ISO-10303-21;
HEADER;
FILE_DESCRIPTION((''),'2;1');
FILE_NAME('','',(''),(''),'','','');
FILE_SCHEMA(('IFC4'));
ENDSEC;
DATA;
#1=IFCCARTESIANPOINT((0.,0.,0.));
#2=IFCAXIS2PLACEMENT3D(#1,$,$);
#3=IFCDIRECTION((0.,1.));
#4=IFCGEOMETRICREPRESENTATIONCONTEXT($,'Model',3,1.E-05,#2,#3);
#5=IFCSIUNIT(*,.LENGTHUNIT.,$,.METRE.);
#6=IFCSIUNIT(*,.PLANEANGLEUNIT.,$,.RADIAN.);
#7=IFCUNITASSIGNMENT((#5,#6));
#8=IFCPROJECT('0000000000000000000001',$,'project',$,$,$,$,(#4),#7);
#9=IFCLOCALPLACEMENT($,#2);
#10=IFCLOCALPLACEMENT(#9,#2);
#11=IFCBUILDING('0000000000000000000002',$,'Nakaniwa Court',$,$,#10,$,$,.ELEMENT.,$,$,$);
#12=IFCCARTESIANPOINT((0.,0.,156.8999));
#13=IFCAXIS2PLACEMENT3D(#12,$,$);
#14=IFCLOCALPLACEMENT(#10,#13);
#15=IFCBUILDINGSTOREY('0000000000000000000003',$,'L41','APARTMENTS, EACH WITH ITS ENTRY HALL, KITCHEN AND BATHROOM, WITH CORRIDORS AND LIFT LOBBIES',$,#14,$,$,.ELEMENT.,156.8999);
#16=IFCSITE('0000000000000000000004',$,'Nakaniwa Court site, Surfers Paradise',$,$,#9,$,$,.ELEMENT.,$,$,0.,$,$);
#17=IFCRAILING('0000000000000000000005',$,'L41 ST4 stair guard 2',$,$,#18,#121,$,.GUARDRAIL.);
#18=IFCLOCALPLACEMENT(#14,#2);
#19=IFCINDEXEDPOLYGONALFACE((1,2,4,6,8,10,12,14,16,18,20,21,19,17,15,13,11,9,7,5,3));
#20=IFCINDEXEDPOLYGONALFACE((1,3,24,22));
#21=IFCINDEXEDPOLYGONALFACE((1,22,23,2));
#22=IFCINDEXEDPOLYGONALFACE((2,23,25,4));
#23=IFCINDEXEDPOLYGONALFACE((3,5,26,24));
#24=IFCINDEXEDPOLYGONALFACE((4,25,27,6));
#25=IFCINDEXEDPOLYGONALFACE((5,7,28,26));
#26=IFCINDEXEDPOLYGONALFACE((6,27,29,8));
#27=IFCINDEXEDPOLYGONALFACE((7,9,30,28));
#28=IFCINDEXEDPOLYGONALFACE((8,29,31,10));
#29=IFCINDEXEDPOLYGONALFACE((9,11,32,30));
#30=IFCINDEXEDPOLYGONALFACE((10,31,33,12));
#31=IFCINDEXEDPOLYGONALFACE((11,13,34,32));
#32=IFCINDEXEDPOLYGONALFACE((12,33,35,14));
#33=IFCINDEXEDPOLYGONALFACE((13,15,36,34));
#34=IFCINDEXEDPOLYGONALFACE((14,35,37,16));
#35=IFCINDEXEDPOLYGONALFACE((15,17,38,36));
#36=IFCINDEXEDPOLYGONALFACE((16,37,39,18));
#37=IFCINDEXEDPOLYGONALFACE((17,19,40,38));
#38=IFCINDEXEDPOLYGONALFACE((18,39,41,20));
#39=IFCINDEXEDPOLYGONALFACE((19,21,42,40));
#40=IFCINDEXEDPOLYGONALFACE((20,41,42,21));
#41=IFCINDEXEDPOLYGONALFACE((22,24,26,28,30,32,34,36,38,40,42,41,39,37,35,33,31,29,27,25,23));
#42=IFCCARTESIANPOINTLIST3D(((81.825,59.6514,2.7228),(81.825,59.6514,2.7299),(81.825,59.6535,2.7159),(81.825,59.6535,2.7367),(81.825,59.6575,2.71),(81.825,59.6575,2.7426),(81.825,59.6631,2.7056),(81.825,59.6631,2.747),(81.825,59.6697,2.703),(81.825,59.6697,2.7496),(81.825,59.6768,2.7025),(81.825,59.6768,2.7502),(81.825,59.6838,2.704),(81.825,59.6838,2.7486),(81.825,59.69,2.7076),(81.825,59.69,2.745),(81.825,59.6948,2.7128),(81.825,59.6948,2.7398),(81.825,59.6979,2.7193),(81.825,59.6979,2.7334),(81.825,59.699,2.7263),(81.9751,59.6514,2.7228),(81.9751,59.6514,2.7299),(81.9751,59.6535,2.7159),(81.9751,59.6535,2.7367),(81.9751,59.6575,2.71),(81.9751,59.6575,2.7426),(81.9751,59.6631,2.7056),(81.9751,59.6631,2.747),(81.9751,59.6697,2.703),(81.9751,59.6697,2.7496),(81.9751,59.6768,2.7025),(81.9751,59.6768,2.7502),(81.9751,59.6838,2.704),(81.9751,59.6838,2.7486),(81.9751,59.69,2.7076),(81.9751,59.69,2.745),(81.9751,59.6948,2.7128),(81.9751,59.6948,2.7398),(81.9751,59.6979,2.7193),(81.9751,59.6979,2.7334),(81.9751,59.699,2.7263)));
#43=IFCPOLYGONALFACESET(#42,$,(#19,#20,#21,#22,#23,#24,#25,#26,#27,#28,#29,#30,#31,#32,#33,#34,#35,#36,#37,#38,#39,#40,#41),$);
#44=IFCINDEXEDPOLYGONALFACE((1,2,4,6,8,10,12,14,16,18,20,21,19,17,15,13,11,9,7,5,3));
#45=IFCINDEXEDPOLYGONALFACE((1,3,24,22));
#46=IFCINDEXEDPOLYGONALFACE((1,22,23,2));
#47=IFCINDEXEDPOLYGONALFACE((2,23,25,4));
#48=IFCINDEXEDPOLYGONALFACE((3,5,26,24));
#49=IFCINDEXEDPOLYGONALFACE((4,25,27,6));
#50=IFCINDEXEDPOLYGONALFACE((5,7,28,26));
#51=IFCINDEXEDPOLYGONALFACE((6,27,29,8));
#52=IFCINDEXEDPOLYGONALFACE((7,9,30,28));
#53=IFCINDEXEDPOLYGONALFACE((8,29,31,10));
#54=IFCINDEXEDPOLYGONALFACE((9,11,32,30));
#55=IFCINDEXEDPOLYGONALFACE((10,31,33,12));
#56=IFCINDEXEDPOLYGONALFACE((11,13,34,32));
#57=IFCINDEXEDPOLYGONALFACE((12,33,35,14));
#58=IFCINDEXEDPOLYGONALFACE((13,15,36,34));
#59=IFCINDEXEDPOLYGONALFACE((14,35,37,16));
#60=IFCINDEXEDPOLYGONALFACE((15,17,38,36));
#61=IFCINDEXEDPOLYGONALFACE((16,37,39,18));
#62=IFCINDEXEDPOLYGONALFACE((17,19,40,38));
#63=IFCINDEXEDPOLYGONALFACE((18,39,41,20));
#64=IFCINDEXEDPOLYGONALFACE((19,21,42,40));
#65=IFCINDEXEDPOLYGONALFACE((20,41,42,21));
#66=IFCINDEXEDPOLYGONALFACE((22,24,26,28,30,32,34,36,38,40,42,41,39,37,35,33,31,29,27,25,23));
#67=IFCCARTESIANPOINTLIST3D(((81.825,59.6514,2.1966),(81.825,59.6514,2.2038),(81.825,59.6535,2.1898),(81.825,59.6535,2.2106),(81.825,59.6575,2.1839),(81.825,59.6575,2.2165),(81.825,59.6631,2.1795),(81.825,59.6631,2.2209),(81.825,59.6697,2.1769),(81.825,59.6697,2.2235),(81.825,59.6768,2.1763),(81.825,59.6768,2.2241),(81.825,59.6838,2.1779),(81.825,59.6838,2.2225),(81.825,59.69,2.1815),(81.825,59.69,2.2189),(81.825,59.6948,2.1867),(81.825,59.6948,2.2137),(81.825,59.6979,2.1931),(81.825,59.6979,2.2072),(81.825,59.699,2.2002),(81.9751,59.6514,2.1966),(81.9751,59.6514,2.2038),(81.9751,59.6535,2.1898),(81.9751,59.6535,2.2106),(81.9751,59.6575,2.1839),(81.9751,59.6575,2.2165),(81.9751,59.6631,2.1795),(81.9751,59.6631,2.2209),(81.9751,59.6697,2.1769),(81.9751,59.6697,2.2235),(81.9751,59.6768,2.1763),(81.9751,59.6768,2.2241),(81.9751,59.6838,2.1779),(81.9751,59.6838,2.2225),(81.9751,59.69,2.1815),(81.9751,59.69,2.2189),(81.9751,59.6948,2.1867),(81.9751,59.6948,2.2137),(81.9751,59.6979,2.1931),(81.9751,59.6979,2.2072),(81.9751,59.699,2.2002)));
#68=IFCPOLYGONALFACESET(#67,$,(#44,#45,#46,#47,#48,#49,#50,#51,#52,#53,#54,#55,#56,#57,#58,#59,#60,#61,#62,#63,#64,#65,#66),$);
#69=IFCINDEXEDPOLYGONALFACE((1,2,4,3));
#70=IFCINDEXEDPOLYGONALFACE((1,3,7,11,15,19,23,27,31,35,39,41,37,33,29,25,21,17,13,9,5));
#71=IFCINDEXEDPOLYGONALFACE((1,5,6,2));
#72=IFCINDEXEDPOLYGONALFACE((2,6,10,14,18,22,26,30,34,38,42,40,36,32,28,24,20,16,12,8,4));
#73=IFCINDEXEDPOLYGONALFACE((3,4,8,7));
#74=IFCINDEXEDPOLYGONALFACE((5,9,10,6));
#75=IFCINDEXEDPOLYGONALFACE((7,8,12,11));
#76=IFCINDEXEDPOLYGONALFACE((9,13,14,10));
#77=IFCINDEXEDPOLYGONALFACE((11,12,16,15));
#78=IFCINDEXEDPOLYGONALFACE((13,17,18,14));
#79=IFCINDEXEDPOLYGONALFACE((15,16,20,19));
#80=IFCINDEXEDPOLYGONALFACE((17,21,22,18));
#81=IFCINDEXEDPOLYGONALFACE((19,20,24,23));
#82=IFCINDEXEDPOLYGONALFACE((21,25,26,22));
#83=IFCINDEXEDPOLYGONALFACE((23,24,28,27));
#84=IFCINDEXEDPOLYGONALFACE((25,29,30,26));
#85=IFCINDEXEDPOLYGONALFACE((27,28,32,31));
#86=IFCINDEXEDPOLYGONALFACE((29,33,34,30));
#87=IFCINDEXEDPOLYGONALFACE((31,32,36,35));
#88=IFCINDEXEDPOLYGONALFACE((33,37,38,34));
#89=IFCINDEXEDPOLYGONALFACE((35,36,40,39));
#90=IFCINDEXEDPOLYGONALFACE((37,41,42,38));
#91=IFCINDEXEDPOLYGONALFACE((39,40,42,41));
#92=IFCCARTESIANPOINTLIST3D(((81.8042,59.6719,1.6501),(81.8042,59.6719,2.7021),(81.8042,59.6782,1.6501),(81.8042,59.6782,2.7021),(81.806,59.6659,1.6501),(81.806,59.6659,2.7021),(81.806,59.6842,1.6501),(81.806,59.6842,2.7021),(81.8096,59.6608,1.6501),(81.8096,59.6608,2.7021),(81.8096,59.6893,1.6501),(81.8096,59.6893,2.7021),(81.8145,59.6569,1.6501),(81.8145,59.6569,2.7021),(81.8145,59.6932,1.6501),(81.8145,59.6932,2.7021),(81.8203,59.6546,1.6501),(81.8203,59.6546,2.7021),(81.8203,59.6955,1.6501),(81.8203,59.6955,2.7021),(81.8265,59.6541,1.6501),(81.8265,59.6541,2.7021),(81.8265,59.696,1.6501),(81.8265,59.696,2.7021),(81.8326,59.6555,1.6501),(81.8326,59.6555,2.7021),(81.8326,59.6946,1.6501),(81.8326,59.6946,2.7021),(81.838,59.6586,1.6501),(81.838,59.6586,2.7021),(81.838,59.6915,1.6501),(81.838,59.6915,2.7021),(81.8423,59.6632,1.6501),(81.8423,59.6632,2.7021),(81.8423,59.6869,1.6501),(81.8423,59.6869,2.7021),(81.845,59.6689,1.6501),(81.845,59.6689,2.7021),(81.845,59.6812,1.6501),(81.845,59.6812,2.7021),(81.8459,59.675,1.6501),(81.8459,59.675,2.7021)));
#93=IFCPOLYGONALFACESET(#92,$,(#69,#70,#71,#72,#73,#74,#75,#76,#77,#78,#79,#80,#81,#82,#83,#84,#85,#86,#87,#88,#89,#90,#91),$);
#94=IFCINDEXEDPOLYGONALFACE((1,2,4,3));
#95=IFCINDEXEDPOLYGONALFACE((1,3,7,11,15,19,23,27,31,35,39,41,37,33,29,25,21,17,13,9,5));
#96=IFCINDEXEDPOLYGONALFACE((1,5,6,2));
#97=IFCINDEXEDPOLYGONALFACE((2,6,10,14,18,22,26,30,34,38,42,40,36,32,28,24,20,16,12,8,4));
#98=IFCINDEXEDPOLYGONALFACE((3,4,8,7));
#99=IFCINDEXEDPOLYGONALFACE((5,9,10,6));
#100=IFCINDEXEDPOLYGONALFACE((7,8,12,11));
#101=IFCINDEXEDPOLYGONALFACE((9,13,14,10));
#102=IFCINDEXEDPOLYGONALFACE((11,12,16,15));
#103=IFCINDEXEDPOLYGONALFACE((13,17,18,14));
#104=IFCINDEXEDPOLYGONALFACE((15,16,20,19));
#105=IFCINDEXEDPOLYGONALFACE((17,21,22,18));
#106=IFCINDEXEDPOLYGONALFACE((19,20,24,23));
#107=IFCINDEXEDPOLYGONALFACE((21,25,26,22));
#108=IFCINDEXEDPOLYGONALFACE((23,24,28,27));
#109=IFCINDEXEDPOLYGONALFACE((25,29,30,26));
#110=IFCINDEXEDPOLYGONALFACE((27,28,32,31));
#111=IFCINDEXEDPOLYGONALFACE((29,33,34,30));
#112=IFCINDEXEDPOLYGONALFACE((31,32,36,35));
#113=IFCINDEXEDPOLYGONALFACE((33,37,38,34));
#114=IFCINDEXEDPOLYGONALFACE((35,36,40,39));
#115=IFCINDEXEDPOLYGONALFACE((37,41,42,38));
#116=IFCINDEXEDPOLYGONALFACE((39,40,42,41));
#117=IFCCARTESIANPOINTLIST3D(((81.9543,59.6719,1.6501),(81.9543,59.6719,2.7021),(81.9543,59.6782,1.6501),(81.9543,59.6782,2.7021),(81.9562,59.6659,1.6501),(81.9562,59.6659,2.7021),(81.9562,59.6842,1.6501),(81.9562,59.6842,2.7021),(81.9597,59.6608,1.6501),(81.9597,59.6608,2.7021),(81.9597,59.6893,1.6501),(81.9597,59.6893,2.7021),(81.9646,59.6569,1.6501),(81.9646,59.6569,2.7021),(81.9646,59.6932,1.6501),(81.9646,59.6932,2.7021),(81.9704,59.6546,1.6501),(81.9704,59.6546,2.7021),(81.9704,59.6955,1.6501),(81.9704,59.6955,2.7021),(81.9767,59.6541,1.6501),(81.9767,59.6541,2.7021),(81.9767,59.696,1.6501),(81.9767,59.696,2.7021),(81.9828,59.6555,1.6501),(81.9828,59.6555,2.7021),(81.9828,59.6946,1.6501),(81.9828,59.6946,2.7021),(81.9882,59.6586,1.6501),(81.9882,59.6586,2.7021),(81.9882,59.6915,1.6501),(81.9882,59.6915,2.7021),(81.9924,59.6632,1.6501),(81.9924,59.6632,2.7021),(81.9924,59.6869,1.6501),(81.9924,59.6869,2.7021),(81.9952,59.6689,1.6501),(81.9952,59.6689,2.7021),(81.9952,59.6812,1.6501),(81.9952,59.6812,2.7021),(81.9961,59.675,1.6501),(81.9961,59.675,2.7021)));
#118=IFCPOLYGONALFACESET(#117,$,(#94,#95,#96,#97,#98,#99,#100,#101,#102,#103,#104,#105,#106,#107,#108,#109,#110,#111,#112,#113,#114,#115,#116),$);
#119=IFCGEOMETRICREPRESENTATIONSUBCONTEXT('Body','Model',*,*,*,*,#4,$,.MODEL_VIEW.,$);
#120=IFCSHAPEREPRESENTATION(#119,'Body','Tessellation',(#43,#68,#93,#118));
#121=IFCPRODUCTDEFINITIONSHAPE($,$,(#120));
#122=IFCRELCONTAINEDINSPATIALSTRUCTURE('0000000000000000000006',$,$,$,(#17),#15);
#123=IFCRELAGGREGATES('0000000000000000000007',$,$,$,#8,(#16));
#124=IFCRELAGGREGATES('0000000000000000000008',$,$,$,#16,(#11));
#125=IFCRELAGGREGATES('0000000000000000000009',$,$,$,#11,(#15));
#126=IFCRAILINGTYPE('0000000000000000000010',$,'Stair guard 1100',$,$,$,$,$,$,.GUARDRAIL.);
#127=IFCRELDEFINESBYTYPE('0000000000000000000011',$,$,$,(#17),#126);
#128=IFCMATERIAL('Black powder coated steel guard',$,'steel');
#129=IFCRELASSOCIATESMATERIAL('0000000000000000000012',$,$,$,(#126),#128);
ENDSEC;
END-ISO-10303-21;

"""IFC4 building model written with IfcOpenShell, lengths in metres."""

from ifc_helpers import new_model, si_unit, direction, frame, origin, origin_2d, place, context, subcontext, project, spatial, circle, extrude, material, type_object, element, save


model = new_model("IFC4")

# Units and contexts
model_context = context("Model", 3, precision=1e-05, world=origin(), true_north=direction((0.0, 1.0)))
body_context = subcontext(model_context, "Body", "Model", "MODEL_VIEW")
ifc_project = project(units=[si_unit("LENGTHUNIT", "METRE"), si_unit("PLANEANGLEUNIT", "RADIAN")], contexts=[model_context])

# Site, building, storey
site_placement = place(None, origin())
site = spatial("IfcSite", under=ifc_project, at=site_placement, Name="Nakaniwa Court site, Surfers Paradise", CompositionType="ELEMENT", RefElevation=0.0)
building_placement = place(site_placement, origin())
building = spatial("IfcBuilding", under=site, at=building_placement, Name="Nakaniwa Court", CompositionType="ELEMENT")
storey_placement = place(building_placement, frame((0.0, 0.0, 156.8999)))
storey = spatial("IfcBuildingStorey", under=building, at=storey_placement, Name="L41", Description="APARTMENTS, EACH WITH ITS ENTRY HALL, KITCHEN AND BATHROOM, WITH CORRIDORS AND LIFT LOBBIES", CompositionType="ELEMENT", Elevation=156.8999)

# Railing
ifc_material_1 = material(Name="Black powder coated steel guard", Category="steel")
railing_type_1 = type_object("IfcRailingType", Name="Stair guard 1100", PredefinedType="GUARDRAIL", material=ifc_material_1)
railing_1_placement = place(storey_placement, frame((81.825, 59.675, 1.6501)))
element("IfcRailing", 1, at=railing_1_placement, inside=storey, type_object=railing_type_1, Name="L41 ST4 stair guard 2", PredefinedType="GUARDRAIL", context=body_context, shape_type="SweptSolid", body=[
    extrude(circle(Radius=0.0239, at=origin_2d()), frame((0.0, 0.0, 1.0762), z_axis=(1.0, 0.0, 0.0), x_axis=(0.0, 1.0, 0.0)), (0.0, 0.0, 1.0), 0.1501),
    extrude(circle(Radius=0.0239, at=origin_2d()), frame((0.0, 0.0, 0.55), z_axis=(1.0, 0.0, 0.0), x_axis=(0.0, 1.0, 0.0)), (0.0, 0.0, 1.0), 0.1501),
    extrude(circle(Radius=0.021, at=origin_2d()), origin(), (0.0, 0.0, 1.0), 1.052),
    extrude(circle(Radius=0.021, at=origin_2d()), frame((0.1501, 0.0, 0.0)), (0.0, 0.0, 1.0), 1.052),
])

save(model, "model.ifc")
